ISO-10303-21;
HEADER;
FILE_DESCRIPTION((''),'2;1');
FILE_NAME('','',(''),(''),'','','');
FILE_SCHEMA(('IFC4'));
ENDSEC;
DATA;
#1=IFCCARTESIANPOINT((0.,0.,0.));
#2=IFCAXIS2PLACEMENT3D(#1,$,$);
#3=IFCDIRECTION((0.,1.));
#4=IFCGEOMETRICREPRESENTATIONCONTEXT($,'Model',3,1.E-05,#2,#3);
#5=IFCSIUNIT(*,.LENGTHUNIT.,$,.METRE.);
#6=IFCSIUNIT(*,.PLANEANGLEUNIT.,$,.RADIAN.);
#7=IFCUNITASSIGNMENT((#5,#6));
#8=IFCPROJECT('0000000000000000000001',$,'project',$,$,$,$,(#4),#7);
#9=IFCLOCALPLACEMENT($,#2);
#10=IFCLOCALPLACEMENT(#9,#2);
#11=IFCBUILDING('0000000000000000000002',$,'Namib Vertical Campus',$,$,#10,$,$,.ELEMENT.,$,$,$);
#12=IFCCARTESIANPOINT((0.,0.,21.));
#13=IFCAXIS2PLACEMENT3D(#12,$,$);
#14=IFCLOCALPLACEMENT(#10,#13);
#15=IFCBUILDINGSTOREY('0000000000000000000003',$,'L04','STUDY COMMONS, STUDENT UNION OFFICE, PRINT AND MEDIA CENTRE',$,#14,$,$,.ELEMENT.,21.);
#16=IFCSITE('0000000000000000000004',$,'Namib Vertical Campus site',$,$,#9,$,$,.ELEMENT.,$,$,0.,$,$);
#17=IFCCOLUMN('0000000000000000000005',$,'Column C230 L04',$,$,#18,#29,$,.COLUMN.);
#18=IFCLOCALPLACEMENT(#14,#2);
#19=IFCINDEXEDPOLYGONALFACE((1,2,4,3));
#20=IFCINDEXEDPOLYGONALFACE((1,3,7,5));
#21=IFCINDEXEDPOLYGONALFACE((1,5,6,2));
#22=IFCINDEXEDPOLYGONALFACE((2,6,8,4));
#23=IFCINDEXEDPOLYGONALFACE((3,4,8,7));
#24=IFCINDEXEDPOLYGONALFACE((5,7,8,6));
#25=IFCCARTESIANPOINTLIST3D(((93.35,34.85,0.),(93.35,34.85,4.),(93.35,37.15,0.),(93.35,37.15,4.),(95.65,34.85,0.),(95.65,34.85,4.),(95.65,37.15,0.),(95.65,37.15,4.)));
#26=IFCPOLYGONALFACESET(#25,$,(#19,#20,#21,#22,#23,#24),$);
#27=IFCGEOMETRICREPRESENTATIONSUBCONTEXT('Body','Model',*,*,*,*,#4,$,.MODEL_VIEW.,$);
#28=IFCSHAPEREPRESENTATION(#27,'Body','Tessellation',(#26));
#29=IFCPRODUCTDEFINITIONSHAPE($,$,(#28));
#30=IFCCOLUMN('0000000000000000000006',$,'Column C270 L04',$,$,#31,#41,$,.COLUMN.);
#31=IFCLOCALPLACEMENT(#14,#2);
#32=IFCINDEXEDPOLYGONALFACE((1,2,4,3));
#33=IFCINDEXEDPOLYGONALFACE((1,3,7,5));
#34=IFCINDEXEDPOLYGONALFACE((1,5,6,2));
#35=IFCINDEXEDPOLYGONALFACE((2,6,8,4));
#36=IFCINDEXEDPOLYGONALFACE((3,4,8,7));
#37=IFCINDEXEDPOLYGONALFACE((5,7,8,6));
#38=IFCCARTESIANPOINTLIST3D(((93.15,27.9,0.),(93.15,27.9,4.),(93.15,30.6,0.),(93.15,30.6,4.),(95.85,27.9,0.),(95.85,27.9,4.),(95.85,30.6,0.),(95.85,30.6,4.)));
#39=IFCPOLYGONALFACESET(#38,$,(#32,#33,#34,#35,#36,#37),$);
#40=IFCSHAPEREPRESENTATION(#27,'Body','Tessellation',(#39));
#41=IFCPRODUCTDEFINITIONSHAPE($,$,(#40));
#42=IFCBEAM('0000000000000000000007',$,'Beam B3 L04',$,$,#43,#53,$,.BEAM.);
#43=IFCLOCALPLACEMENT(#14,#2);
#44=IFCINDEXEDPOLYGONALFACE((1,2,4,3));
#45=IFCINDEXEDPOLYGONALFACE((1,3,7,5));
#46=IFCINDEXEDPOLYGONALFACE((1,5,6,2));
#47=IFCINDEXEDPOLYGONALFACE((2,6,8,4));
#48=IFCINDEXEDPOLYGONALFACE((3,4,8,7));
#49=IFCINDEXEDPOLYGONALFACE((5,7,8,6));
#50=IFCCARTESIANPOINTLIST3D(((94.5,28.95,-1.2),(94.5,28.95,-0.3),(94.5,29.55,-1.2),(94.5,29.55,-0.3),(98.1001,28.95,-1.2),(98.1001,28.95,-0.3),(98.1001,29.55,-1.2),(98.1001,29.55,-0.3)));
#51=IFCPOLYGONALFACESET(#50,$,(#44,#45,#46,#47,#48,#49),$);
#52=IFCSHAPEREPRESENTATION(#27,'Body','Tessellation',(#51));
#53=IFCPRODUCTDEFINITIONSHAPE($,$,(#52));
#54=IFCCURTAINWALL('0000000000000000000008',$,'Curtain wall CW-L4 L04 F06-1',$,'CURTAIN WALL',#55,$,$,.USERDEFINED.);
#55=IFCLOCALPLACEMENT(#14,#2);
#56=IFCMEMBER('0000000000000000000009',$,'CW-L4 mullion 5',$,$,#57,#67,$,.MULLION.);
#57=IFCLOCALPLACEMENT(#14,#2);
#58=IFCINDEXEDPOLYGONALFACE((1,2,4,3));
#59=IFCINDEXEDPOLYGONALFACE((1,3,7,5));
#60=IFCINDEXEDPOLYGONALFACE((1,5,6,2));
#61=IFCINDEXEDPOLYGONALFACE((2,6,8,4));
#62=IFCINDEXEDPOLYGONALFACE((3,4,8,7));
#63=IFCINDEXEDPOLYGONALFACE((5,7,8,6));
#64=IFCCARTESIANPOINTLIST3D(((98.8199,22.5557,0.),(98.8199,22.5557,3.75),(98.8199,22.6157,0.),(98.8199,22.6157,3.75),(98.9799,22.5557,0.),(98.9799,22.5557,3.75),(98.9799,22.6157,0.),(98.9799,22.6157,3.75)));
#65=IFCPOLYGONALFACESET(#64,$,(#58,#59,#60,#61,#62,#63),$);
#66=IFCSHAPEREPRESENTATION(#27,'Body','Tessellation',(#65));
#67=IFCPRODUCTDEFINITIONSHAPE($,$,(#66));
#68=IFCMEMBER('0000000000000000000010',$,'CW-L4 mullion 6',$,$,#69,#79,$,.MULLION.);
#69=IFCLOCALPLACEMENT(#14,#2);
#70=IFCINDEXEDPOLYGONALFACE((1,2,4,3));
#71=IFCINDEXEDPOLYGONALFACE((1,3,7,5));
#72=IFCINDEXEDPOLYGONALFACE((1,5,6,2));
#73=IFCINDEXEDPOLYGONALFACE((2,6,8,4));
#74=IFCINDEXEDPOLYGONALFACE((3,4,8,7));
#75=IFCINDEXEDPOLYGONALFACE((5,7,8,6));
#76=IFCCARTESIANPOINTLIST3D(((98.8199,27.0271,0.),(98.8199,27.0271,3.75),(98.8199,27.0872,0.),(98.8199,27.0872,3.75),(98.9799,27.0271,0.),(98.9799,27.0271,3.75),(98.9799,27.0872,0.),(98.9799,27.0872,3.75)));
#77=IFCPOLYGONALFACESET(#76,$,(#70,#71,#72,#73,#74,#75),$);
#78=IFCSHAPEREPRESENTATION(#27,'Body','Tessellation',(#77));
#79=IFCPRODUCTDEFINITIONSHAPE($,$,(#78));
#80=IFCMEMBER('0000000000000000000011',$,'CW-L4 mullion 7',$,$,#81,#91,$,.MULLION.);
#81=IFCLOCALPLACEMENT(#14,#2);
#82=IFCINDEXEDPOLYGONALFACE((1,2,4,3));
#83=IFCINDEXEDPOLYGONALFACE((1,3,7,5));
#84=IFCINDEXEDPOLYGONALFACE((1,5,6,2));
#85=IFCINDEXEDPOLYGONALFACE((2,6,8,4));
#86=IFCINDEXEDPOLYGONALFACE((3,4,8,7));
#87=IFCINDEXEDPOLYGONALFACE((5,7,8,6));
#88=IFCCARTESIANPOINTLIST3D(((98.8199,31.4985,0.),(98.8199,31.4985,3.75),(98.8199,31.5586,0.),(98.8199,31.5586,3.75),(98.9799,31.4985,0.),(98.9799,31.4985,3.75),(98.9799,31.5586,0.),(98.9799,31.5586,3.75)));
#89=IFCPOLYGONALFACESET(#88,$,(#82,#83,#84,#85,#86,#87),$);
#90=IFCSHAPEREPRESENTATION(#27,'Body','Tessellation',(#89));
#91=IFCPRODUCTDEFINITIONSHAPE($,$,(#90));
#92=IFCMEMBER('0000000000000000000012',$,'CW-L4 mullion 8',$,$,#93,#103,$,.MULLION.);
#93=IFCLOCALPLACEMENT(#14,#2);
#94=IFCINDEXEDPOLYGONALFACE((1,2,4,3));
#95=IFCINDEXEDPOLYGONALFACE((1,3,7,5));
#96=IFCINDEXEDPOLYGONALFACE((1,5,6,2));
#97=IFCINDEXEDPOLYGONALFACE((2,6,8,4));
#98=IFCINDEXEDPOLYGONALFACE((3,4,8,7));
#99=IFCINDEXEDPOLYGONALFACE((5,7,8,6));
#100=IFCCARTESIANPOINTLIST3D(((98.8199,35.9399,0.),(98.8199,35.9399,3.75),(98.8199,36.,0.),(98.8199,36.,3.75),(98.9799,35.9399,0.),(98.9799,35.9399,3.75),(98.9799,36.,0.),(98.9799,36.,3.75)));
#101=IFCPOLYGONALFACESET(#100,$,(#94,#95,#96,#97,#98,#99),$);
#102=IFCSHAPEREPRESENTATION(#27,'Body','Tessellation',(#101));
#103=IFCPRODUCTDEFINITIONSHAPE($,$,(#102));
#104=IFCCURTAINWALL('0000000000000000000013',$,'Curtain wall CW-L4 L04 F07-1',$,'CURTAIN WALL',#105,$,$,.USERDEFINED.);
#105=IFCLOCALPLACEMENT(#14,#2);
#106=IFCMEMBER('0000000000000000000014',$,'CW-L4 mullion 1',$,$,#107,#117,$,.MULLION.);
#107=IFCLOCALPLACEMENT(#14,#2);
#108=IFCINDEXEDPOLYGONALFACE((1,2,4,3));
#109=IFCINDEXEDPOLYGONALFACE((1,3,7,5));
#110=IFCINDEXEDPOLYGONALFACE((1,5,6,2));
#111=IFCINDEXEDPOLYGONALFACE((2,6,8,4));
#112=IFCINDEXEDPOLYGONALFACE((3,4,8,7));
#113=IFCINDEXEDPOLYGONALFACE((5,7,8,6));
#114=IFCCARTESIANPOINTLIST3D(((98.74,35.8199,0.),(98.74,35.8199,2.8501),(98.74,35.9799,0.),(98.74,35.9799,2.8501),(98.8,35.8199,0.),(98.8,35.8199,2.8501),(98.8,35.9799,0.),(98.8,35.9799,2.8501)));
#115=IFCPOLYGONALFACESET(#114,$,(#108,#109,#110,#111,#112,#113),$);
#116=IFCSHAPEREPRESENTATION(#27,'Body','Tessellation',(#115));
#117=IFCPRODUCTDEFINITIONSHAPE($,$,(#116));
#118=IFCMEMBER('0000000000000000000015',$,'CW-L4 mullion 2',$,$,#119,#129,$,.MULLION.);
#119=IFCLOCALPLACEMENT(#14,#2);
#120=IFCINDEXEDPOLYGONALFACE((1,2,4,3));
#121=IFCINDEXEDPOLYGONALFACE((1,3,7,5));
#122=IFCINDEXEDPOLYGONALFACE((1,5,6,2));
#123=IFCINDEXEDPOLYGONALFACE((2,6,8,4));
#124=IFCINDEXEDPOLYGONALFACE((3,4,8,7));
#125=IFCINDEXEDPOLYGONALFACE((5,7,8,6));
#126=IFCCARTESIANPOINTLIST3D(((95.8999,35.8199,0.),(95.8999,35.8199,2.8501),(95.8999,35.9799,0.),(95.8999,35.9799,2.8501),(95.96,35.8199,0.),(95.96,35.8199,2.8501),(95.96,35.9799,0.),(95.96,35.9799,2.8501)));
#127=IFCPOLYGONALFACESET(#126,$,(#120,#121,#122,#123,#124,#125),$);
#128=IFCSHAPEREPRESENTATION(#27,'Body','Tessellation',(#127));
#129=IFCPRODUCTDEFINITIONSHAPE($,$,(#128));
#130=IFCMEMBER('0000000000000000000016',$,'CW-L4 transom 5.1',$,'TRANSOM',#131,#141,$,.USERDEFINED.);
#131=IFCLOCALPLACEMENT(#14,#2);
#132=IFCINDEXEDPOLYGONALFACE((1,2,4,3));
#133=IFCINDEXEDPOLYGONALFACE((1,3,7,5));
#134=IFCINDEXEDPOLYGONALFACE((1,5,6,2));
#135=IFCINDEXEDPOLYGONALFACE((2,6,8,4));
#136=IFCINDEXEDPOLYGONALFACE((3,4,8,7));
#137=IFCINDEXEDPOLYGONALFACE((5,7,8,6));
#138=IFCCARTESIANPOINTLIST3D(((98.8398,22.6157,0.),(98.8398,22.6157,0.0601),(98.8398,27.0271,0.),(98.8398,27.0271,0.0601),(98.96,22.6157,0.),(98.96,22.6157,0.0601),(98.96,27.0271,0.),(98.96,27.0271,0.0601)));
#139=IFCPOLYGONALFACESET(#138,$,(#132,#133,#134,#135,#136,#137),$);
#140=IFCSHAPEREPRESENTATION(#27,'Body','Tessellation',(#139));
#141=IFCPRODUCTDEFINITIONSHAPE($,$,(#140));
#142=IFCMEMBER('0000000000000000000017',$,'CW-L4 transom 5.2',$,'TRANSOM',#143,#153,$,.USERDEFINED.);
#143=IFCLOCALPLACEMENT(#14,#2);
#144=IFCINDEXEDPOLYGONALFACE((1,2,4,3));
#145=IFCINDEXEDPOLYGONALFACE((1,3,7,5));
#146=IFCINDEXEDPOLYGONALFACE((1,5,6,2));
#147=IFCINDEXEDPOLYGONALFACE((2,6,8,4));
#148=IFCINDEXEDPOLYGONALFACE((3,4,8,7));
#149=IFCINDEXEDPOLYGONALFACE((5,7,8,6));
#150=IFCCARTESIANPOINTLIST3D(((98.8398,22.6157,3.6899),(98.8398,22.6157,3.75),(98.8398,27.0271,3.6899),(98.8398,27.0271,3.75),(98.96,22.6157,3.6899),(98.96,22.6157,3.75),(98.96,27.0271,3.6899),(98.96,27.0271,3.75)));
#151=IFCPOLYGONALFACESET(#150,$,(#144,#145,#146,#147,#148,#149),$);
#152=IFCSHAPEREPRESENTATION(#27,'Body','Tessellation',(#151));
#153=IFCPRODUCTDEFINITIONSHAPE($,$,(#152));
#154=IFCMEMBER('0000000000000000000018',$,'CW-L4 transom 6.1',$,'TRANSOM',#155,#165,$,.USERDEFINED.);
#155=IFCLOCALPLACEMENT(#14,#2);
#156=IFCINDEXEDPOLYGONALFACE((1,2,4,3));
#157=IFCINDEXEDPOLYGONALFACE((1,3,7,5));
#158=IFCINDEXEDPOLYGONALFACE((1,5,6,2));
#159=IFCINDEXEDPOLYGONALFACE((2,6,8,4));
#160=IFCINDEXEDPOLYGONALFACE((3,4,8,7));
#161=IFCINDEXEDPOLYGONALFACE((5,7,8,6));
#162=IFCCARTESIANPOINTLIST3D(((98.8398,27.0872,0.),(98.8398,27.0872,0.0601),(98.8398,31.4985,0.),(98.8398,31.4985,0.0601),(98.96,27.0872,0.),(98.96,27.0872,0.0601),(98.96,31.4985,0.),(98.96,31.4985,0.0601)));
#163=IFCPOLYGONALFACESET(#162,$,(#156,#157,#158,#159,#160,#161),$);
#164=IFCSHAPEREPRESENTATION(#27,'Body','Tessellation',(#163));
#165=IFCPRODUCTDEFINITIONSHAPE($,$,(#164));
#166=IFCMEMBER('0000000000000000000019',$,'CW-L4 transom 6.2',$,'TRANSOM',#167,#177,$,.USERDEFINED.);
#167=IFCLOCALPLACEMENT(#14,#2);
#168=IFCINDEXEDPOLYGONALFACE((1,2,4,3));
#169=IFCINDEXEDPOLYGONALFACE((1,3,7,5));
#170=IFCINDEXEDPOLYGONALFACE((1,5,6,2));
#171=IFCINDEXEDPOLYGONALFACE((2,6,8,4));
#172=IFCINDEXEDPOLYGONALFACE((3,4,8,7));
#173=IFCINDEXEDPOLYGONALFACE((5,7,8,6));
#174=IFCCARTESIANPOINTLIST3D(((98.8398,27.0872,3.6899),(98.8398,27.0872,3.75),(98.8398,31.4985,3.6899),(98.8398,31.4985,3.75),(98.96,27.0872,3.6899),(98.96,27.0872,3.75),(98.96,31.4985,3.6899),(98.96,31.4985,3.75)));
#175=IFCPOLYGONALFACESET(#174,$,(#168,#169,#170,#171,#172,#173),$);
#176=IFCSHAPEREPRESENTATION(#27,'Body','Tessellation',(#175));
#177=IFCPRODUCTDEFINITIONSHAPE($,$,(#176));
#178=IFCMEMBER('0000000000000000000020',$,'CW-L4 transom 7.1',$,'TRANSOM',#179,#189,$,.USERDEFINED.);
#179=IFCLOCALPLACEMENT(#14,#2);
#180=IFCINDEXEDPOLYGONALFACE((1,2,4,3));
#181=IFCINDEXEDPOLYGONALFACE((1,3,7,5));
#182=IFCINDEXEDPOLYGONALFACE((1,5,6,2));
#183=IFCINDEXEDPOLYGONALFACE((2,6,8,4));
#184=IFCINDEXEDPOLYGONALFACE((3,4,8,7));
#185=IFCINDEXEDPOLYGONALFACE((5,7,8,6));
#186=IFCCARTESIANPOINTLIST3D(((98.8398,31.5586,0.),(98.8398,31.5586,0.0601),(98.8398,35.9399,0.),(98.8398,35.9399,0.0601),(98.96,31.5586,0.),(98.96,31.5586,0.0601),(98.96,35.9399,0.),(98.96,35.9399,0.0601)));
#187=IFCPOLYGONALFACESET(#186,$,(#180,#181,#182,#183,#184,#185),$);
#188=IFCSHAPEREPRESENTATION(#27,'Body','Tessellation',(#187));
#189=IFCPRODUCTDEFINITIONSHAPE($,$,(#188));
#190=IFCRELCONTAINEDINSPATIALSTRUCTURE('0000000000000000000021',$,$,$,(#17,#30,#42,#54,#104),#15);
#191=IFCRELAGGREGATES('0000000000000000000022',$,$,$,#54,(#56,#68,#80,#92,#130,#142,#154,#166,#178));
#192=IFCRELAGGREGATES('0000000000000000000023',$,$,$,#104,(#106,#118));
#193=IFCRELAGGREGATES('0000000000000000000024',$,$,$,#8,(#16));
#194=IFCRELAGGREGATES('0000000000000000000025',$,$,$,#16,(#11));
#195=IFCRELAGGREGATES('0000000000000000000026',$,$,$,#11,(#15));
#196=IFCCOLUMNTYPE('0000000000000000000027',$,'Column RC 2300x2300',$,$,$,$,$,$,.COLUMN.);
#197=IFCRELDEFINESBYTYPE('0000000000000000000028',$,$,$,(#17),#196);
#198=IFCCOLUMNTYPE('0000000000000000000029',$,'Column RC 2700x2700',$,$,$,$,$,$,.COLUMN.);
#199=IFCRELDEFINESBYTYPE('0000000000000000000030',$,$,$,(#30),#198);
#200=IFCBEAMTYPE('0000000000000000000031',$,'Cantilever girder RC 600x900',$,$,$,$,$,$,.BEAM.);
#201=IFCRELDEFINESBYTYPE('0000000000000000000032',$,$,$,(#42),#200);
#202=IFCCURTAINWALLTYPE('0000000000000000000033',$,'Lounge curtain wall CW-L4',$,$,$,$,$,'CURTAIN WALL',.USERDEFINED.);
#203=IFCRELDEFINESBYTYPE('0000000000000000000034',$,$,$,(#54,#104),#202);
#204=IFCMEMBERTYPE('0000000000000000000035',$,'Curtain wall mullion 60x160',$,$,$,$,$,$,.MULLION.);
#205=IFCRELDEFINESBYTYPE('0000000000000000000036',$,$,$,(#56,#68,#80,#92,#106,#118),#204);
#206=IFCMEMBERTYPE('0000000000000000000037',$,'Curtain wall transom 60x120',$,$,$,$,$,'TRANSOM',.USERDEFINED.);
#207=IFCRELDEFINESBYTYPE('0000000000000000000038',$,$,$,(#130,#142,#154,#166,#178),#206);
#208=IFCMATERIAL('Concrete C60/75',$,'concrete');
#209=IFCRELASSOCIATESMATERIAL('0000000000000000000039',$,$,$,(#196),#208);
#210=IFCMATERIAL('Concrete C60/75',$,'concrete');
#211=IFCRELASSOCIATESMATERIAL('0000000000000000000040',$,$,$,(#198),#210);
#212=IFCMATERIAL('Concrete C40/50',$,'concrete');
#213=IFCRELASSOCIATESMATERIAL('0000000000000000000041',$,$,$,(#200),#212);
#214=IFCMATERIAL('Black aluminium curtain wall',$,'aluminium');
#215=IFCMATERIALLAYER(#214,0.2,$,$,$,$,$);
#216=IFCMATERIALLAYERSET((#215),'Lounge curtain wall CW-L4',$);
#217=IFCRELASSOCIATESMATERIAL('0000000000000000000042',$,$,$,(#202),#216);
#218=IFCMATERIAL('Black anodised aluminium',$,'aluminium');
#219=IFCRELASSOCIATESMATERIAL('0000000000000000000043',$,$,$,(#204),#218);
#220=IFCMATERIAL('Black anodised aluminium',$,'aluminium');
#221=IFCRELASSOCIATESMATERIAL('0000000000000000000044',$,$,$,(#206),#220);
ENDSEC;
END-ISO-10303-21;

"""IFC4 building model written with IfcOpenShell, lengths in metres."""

from ifc_helpers import new_model, si_unit, direction, frame, origin, origin_2d, place, context, subcontext, project, spatial, rectangle, extrude, material, layer, layer_set, material_profile, profile_set, type_object, element, aggregate, save


model = new_model("IFC4")

# Units and contexts
model_context = context("Model", 3, precision=1e-05, world=origin(), true_north=direction((0.0, 1.0)))
body_context = subcontext(model_context, "Body", "Model", "MODEL_VIEW")
ifc_project = project(units=[si_unit("LENGTHUNIT", "METRE"), si_unit("PLANEANGLEUNIT", "RADIAN")], contexts=[model_context])

# Site, building, storey
site_placement = place(None, origin())
site = spatial("IfcSite", under=ifc_project, at=site_placement, Name="Namib Vertical Campus site", CompositionType="ELEMENT", RefElevation=0.0)
building_placement = place(site_placement, origin())
building = spatial("IfcBuilding", under=site, at=building_placement, Name="Namib Vertical Campus", CompositionType="ELEMENT")
storey_placement = place(building_placement, frame((0.0, 0.0, 21.0)))
storey = spatial("IfcBuildingStorey", under=building, at=storey_placement, Name="L04", Description="STUDY COMMONS, STUDENT UNION OFFICE, PRINT AND MEDIA CENTRE", CompositionType="ELEMENT", Elevation=21.0)

# Columns
ifc_material_1 = material(Name="Concrete C60/75", Category="concrete")
ifc_material_profile_1 = material_profile(ifc_material_1, rectangle(XDim=2.3, YDim=2.3, at=origin_2d()))
ifc_profile_set_1 = profile_set([ifc_material_profile_1], Name="Concrete C60/75")
column_type_1 = type_object("IfcColumnType", Name="Column RC 2300x2300", PredefinedType="COLUMN", material=ifc_profile_set_1)
column_1_placement = place(storey_placement, frame((94.5, 36.0, 0.0), z_axis=(0.0, 0.0, 1.0), x_axis=(1.0, 0.0, 0.0)))
element("IfcColumn", 1, at=column_1_placement, inside=storey, type_object=column_type_1, Name="Column C230 L04", PredefinedType="COLUMN", context=body_context, shape_type="SweptSolid", body=[
    extrude(rectangle(XDim=2.3, YDim=2.3, at=origin_2d()), origin(), (0.0, 0.0, 1.0), 4.0),
])
ifc_material_2 = material(Name="Concrete C60/75", Category="concrete")
ifc_material_profile_2 = material_profile(ifc_material_2, rectangle(XDim=2.7, YDim=2.7, at=origin_2d()))
ifc_profile_set_2 = profile_set([ifc_material_profile_2], Name="Concrete C60/75")
column_type_2 = type_object("IfcColumnType", Name="Column RC 2700x2700", PredefinedType="COLUMN", material=ifc_profile_set_2)
column_2_placement = place(storey_placement, frame((94.5, 29.25, 0.0), z_axis=(0.0, 0.0, 1.0), x_axis=(1.0, 0.0, 0.0)))
element("IfcColumn", 2, at=column_2_placement, inside=storey, type_object=column_type_2, Name="Column C270 L04", PredefinedType="COLUMN", context=body_context, shape_type="SweptSolid", body=[
    extrude(rectangle(XDim=2.7, YDim=2.7, at=origin_2d()), origin(), (0.0, 0.0, 1.0), 4.0),
])

# Beam
ifc_material_3 = material(Name="Concrete C40/50", Category="concrete")
ifc_material_profile_3 = material_profile(ifc_material_3, rectangle(XDim=0.6001, YDim=0.8999, at=origin_2d()))
ifc_profile_set_3 = profile_set([ifc_material_profile_3], Name="Concrete C40/50")
beam_type_1 = type_object("IfcBeamType", Name="Cantilever girder RC 600x900", PredefinedType="BEAM", material=ifc_profile_set_3)
beam_1_placement = place(storey_placement, frame((94.5, 29.25, -0.75), z_axis=(1.0, 0.0, 0.0), x_axis=(0.0, 1.0, 0.0)))
element("IfcBeam", 3, at=beam_1_placement, inside=storey, type_object=beam_type_1, Name="Beam B3 L04", PredefinedType="BEAM", context=body_context, shape_type="SweptSolid", body=[
    extrude(rectangle(XDim=0.6001, YDim=0.8999, at=origin_2d()), origin(), (0.0, 0.0, 1.0), 3.6001),
])

# Curtain walls, members
ifc_material_4 = material(Name="Black aluminium curtain wall", Category="aluminium")
ifc_layer_1 = layer(ifc_material_4, 0.2)
ifc_layer_set_1 = layer_set([ifc_layer_1], Name="Lounge curtain wall CW-L4")
curtain_wall_type = type_object("IfcCurtainWallType", Name="Lounge curtain wall CW-L4", ElementType="CURTAIN WALL", PredefinedType="USERDEFINED", material=ifc_layer_set_1)
curtain_wall_1_placement = place(storey_placement, origin())
curtain_wall_1 = element("IfcCurtainWall", 4, at=curtain_wall_1_placement, inside=storey, type_object=curtain_wall_type, Name="Curtain wall CW-L4 L04 F06-1", ObjectType="CURTAIN WALL", PredefinedType="USERDEFINED")
ifc_material_5 = material(Name="Black anodised aluminium", Category="aluminium")
ifc_material_profile_4 = material_profile(ifc_material_5, rectangle(XDim=0.0601, YDim=0.1599, at=origin_2d()))
ifc_profile_set_4 = profile_set([ifc_material_profile_4], Name="Black anodised aluminium")
member_type_1 = type_object("IfcMemberType", Name="Curtain wall mullion 60x160", PredefinedType="MULLION", material=ifc_profile_set_4)
member_1_placement = place(storey_placement, frame((98.8999, 22.5857, 0.0), z_axis=(0.0, 0.0, 1.0), x_axis=(0.0, 1.0, 0.0)))
member_1 = element("IfcMember", 5, at=member_1_placement, type_object=member_type_1, Name="CW-L4 mullion 5", PredefinedType="MULLION", context=body_context, shape_type="SweptSolid", body=[
    extrude(rectangle(XDim=0.0601, YDim=0.1599, at=origin_2d()), origin(), (0.0, 0.0, 1.0), 3.75),
])
member_2_placement = place(storey_placement, frame((98.8999, 27.0571, 0.0), z_axis=(0.0, 0.0, 1.0), x_axis=(0.0, 1.0, 0.0)))
member_2 = element("IfcMember", 6, at=member_2_placement, type_object=member_type_1, Name="CW-L4 mullion 6", PredefinedType="MULLION", context=body_context, shape_type="SweptSolid", body=[
    extrude(rectangle(XDim=0.0601, YDim=0.1599, at=origin_2d()), origin(), (0.0, 0.0, 1.0), 3.75),
])
member_3_placement = place(storey_placement, frame((98.8999, 31.5286, 0.0), z_axis=(0.0, 0.0, 1.0), x_axis=(0.0, 1.0, 0.0)))
member_3 = element("IfcMember", 7, at=member_3_placement, type_object=member_type_1, Name="CW-L4 mullion 7", PredefinedType="MULLION", context=body_context, shape_type="SweptSolid", body=[
    extrude(rectangle(XDim=0.0601, YDim=0.1599, at=origin_2d()), origin(), (0.0, 0.0, 1.0), 3.75),
])
member_4_placement = place(storey_placement, frame((98.8999, 35.97, 0.0), z_axis=(0.0, 0.0, 1.0), x_axis=(0.0, 1.0, 0.0)))
member_4 = element("IfcMember", 8, at=member_4_placement, type_object=member_type_1, Name="CW-L4 mullion 8", PredefinedType="MULLION", context=body_context, shape_type="SweptSolid", body=[
    extrude(rectangle(XDim=0.0601, YDim=0.1599, at=origin_2d()), origin(), (0.0, 0.0, 1.0), 3.75),
])
curtain_wall_2_placement = place(storey_placement, origin())
curtain_wall_2 = element("IfcCurtainWall", 9, at=curtain_wall_2_placement, inside=storey, type_object=curtain_wall_type, Name="Curtain wall CW-L4 L04 F07-1", ObjectType="CURTAIN WALL", PredefinedType="USERDEFINED")
member_5_placement = place(storey_placement, frame((98.77, 35.8999, 0.0), z_axis=(0.0, 0.0, 1.0), x_axis=(-1.0, 0.0, 0.0)))
member_5 = element("IfcMember", 10, at=member_5_placement, type_object=member_type_1, Name="CW-L4 mullion 1", PredefinedType="MULLION", context=body_context, shape_type="SweptSolid", body=[
    extrude(rectangle(XDim=0.0601, YDim=0.1599, at=origin_2d()), origin(), (0.0, 0.0, 1.0), 2.8501),
])
member_6_placement = place(storey_placement, frame((95.9299, 35.8999, 0.0), z_axis=(0.0, 0.0, 1.0), x_axis=(-1.0, 0.0, 0.0)))
member_6 = element("IfcMember", 11, at=member_6_placement, type_object=member_type_1, Name="CW-L4 mullion 2", PredefinedType="MULLION", context=body_context, shape_type="SweptSolid", body=[
    extrude(rectangle(XDim=0.0601, YDim=0.1599, at=origin_2d()), origin(), (0.0, 0.0, 1.0), 2.8501),
])

# Members
ifc_material_6 = material(Name="Black anodised aluminium", Category="aluminium")
ifc_material_profile_5 = material_profile(ifc_material_6, rectangle(XDim=0.0601, YDim=0.1201, at=origin_2d()))
ifc_profile_set_5 = profile_set([ifc_material_profile_5], Name="Black anodised aluminium")
member_type_2 = type_object("IfcMemberType", Name="Curtain wall transom 60x120", ElementType="TRANSOM", PredefinedType="USERDEFINED", material=ifc_profile_set_5)
member_7_placement = place(storey_placement, frame((98.8999, 22.6157, 0.03), z_axis=(0.0, 1.0, 0.0), x_axis=(0.0, 0.0, 1.0)))
member_7 = element("IfcMember", 12, at=member_7_placement, type_object=member_type_2, Name="CW-L4 transom 5.1", ObjectType="TRANSOM", PredefinedType="USERDEFINED", context=body_context, shape_type="SweptSolid", body=[
    extrude(rectangle(XDim=0.0601, YDim=0.1201, at=origin_2d()), origin(), (0.0, 0.0, 1.0), 4.4114),
])
member_8_placement = place(storey_placement, frame((98.8999, 22.6157, 3.72), z_axis=(0.0, 1.0, 0.0), x_axis=(0.0, 0.0, 1.0)))
member_8 = element("IfcMember", 13, at=member_8_placement, type_object=member_type_2, Name="CW-L4 transom 5.2", ObjectType="TRANSOM", PredefinedType="USERDEFINED", context=body_context, shape_type="SweptSolid", body=[
    extrude(rectangle(XDim=0.0601, YDim=0.1201, at=origin_2d()), origin(), (0.0, 0.0, 1.0), 4.4114),
])
member_9_placement = place(storey_placement, frame((98.8999, 27.0872, 0.03), z_axis=(0.0, 1.0, 0.0), x_axis=(0.0, 0.0, 1.0)))
member_9 = element("IfcMember", 14, at=member_9_placement, type_object=member_type_2, Name="CW-L4 transom 6.1", ObjectType="TRANSOM", PredefinedType="USERDEFINED", context=body_context, shape_type="SweptSolid", body=[
    extrude(rectangle(XDim=0.0601, YDim=0.1201, at=origin_2d()), origin(), (0.0, 0.0, 1.0), 4.4114),
])
member_10_placement = place(storey_placement, frame((98.8999, 27.0872, 3.72), z_axis=(0.0, 1.0, 0.0), x_axis=(0.0, 0.0, 1.0)))
member_10 = element("IfcMember", 15, at=member_10_placement, type_object=member_type_2, Name="CW-L4 transom 6.2", ObjectType="TRANSOM", PredefinedType="USERDEFINED", context=body_context, shape_type="SweptSolid", body=[
    extrude(rectangle(XDim=0.0601, YDim=0.1201, at=origin_2d()), origin(), (0.0, 0.0, 1.0), 4.4114),
])
member_11_placement = place(storey_placement, frame((98.8999, 31.5586, 0.03), z_axis=(0.0, 1.0, 0.0), x_axis=(0.0, 0.0, 1.0)))
member_11 = element("IfcMember", 16, at=member_11_placement, type_object=member_type_2, Name="CW-L4 transom 7.1", ObjectType="TRANSOM", PredefinedType="USERDEFINED", context=body_context, shape_type="SweptSolid", body=[
    extrude(rectangle(XDim=0.0601, YDim=0.1201, at=origin_2d()), origin(), (0.0, 0.0, 1.0), 4.3813),
])

aggregate(curtain_wall_1, [member_1, member_2, member_3, member_4, member_7, member_8, member_9, member_10, member_11])
aggregate(curtain_wall_2, [member_5, member_6])

save(model, "model.ifc")
